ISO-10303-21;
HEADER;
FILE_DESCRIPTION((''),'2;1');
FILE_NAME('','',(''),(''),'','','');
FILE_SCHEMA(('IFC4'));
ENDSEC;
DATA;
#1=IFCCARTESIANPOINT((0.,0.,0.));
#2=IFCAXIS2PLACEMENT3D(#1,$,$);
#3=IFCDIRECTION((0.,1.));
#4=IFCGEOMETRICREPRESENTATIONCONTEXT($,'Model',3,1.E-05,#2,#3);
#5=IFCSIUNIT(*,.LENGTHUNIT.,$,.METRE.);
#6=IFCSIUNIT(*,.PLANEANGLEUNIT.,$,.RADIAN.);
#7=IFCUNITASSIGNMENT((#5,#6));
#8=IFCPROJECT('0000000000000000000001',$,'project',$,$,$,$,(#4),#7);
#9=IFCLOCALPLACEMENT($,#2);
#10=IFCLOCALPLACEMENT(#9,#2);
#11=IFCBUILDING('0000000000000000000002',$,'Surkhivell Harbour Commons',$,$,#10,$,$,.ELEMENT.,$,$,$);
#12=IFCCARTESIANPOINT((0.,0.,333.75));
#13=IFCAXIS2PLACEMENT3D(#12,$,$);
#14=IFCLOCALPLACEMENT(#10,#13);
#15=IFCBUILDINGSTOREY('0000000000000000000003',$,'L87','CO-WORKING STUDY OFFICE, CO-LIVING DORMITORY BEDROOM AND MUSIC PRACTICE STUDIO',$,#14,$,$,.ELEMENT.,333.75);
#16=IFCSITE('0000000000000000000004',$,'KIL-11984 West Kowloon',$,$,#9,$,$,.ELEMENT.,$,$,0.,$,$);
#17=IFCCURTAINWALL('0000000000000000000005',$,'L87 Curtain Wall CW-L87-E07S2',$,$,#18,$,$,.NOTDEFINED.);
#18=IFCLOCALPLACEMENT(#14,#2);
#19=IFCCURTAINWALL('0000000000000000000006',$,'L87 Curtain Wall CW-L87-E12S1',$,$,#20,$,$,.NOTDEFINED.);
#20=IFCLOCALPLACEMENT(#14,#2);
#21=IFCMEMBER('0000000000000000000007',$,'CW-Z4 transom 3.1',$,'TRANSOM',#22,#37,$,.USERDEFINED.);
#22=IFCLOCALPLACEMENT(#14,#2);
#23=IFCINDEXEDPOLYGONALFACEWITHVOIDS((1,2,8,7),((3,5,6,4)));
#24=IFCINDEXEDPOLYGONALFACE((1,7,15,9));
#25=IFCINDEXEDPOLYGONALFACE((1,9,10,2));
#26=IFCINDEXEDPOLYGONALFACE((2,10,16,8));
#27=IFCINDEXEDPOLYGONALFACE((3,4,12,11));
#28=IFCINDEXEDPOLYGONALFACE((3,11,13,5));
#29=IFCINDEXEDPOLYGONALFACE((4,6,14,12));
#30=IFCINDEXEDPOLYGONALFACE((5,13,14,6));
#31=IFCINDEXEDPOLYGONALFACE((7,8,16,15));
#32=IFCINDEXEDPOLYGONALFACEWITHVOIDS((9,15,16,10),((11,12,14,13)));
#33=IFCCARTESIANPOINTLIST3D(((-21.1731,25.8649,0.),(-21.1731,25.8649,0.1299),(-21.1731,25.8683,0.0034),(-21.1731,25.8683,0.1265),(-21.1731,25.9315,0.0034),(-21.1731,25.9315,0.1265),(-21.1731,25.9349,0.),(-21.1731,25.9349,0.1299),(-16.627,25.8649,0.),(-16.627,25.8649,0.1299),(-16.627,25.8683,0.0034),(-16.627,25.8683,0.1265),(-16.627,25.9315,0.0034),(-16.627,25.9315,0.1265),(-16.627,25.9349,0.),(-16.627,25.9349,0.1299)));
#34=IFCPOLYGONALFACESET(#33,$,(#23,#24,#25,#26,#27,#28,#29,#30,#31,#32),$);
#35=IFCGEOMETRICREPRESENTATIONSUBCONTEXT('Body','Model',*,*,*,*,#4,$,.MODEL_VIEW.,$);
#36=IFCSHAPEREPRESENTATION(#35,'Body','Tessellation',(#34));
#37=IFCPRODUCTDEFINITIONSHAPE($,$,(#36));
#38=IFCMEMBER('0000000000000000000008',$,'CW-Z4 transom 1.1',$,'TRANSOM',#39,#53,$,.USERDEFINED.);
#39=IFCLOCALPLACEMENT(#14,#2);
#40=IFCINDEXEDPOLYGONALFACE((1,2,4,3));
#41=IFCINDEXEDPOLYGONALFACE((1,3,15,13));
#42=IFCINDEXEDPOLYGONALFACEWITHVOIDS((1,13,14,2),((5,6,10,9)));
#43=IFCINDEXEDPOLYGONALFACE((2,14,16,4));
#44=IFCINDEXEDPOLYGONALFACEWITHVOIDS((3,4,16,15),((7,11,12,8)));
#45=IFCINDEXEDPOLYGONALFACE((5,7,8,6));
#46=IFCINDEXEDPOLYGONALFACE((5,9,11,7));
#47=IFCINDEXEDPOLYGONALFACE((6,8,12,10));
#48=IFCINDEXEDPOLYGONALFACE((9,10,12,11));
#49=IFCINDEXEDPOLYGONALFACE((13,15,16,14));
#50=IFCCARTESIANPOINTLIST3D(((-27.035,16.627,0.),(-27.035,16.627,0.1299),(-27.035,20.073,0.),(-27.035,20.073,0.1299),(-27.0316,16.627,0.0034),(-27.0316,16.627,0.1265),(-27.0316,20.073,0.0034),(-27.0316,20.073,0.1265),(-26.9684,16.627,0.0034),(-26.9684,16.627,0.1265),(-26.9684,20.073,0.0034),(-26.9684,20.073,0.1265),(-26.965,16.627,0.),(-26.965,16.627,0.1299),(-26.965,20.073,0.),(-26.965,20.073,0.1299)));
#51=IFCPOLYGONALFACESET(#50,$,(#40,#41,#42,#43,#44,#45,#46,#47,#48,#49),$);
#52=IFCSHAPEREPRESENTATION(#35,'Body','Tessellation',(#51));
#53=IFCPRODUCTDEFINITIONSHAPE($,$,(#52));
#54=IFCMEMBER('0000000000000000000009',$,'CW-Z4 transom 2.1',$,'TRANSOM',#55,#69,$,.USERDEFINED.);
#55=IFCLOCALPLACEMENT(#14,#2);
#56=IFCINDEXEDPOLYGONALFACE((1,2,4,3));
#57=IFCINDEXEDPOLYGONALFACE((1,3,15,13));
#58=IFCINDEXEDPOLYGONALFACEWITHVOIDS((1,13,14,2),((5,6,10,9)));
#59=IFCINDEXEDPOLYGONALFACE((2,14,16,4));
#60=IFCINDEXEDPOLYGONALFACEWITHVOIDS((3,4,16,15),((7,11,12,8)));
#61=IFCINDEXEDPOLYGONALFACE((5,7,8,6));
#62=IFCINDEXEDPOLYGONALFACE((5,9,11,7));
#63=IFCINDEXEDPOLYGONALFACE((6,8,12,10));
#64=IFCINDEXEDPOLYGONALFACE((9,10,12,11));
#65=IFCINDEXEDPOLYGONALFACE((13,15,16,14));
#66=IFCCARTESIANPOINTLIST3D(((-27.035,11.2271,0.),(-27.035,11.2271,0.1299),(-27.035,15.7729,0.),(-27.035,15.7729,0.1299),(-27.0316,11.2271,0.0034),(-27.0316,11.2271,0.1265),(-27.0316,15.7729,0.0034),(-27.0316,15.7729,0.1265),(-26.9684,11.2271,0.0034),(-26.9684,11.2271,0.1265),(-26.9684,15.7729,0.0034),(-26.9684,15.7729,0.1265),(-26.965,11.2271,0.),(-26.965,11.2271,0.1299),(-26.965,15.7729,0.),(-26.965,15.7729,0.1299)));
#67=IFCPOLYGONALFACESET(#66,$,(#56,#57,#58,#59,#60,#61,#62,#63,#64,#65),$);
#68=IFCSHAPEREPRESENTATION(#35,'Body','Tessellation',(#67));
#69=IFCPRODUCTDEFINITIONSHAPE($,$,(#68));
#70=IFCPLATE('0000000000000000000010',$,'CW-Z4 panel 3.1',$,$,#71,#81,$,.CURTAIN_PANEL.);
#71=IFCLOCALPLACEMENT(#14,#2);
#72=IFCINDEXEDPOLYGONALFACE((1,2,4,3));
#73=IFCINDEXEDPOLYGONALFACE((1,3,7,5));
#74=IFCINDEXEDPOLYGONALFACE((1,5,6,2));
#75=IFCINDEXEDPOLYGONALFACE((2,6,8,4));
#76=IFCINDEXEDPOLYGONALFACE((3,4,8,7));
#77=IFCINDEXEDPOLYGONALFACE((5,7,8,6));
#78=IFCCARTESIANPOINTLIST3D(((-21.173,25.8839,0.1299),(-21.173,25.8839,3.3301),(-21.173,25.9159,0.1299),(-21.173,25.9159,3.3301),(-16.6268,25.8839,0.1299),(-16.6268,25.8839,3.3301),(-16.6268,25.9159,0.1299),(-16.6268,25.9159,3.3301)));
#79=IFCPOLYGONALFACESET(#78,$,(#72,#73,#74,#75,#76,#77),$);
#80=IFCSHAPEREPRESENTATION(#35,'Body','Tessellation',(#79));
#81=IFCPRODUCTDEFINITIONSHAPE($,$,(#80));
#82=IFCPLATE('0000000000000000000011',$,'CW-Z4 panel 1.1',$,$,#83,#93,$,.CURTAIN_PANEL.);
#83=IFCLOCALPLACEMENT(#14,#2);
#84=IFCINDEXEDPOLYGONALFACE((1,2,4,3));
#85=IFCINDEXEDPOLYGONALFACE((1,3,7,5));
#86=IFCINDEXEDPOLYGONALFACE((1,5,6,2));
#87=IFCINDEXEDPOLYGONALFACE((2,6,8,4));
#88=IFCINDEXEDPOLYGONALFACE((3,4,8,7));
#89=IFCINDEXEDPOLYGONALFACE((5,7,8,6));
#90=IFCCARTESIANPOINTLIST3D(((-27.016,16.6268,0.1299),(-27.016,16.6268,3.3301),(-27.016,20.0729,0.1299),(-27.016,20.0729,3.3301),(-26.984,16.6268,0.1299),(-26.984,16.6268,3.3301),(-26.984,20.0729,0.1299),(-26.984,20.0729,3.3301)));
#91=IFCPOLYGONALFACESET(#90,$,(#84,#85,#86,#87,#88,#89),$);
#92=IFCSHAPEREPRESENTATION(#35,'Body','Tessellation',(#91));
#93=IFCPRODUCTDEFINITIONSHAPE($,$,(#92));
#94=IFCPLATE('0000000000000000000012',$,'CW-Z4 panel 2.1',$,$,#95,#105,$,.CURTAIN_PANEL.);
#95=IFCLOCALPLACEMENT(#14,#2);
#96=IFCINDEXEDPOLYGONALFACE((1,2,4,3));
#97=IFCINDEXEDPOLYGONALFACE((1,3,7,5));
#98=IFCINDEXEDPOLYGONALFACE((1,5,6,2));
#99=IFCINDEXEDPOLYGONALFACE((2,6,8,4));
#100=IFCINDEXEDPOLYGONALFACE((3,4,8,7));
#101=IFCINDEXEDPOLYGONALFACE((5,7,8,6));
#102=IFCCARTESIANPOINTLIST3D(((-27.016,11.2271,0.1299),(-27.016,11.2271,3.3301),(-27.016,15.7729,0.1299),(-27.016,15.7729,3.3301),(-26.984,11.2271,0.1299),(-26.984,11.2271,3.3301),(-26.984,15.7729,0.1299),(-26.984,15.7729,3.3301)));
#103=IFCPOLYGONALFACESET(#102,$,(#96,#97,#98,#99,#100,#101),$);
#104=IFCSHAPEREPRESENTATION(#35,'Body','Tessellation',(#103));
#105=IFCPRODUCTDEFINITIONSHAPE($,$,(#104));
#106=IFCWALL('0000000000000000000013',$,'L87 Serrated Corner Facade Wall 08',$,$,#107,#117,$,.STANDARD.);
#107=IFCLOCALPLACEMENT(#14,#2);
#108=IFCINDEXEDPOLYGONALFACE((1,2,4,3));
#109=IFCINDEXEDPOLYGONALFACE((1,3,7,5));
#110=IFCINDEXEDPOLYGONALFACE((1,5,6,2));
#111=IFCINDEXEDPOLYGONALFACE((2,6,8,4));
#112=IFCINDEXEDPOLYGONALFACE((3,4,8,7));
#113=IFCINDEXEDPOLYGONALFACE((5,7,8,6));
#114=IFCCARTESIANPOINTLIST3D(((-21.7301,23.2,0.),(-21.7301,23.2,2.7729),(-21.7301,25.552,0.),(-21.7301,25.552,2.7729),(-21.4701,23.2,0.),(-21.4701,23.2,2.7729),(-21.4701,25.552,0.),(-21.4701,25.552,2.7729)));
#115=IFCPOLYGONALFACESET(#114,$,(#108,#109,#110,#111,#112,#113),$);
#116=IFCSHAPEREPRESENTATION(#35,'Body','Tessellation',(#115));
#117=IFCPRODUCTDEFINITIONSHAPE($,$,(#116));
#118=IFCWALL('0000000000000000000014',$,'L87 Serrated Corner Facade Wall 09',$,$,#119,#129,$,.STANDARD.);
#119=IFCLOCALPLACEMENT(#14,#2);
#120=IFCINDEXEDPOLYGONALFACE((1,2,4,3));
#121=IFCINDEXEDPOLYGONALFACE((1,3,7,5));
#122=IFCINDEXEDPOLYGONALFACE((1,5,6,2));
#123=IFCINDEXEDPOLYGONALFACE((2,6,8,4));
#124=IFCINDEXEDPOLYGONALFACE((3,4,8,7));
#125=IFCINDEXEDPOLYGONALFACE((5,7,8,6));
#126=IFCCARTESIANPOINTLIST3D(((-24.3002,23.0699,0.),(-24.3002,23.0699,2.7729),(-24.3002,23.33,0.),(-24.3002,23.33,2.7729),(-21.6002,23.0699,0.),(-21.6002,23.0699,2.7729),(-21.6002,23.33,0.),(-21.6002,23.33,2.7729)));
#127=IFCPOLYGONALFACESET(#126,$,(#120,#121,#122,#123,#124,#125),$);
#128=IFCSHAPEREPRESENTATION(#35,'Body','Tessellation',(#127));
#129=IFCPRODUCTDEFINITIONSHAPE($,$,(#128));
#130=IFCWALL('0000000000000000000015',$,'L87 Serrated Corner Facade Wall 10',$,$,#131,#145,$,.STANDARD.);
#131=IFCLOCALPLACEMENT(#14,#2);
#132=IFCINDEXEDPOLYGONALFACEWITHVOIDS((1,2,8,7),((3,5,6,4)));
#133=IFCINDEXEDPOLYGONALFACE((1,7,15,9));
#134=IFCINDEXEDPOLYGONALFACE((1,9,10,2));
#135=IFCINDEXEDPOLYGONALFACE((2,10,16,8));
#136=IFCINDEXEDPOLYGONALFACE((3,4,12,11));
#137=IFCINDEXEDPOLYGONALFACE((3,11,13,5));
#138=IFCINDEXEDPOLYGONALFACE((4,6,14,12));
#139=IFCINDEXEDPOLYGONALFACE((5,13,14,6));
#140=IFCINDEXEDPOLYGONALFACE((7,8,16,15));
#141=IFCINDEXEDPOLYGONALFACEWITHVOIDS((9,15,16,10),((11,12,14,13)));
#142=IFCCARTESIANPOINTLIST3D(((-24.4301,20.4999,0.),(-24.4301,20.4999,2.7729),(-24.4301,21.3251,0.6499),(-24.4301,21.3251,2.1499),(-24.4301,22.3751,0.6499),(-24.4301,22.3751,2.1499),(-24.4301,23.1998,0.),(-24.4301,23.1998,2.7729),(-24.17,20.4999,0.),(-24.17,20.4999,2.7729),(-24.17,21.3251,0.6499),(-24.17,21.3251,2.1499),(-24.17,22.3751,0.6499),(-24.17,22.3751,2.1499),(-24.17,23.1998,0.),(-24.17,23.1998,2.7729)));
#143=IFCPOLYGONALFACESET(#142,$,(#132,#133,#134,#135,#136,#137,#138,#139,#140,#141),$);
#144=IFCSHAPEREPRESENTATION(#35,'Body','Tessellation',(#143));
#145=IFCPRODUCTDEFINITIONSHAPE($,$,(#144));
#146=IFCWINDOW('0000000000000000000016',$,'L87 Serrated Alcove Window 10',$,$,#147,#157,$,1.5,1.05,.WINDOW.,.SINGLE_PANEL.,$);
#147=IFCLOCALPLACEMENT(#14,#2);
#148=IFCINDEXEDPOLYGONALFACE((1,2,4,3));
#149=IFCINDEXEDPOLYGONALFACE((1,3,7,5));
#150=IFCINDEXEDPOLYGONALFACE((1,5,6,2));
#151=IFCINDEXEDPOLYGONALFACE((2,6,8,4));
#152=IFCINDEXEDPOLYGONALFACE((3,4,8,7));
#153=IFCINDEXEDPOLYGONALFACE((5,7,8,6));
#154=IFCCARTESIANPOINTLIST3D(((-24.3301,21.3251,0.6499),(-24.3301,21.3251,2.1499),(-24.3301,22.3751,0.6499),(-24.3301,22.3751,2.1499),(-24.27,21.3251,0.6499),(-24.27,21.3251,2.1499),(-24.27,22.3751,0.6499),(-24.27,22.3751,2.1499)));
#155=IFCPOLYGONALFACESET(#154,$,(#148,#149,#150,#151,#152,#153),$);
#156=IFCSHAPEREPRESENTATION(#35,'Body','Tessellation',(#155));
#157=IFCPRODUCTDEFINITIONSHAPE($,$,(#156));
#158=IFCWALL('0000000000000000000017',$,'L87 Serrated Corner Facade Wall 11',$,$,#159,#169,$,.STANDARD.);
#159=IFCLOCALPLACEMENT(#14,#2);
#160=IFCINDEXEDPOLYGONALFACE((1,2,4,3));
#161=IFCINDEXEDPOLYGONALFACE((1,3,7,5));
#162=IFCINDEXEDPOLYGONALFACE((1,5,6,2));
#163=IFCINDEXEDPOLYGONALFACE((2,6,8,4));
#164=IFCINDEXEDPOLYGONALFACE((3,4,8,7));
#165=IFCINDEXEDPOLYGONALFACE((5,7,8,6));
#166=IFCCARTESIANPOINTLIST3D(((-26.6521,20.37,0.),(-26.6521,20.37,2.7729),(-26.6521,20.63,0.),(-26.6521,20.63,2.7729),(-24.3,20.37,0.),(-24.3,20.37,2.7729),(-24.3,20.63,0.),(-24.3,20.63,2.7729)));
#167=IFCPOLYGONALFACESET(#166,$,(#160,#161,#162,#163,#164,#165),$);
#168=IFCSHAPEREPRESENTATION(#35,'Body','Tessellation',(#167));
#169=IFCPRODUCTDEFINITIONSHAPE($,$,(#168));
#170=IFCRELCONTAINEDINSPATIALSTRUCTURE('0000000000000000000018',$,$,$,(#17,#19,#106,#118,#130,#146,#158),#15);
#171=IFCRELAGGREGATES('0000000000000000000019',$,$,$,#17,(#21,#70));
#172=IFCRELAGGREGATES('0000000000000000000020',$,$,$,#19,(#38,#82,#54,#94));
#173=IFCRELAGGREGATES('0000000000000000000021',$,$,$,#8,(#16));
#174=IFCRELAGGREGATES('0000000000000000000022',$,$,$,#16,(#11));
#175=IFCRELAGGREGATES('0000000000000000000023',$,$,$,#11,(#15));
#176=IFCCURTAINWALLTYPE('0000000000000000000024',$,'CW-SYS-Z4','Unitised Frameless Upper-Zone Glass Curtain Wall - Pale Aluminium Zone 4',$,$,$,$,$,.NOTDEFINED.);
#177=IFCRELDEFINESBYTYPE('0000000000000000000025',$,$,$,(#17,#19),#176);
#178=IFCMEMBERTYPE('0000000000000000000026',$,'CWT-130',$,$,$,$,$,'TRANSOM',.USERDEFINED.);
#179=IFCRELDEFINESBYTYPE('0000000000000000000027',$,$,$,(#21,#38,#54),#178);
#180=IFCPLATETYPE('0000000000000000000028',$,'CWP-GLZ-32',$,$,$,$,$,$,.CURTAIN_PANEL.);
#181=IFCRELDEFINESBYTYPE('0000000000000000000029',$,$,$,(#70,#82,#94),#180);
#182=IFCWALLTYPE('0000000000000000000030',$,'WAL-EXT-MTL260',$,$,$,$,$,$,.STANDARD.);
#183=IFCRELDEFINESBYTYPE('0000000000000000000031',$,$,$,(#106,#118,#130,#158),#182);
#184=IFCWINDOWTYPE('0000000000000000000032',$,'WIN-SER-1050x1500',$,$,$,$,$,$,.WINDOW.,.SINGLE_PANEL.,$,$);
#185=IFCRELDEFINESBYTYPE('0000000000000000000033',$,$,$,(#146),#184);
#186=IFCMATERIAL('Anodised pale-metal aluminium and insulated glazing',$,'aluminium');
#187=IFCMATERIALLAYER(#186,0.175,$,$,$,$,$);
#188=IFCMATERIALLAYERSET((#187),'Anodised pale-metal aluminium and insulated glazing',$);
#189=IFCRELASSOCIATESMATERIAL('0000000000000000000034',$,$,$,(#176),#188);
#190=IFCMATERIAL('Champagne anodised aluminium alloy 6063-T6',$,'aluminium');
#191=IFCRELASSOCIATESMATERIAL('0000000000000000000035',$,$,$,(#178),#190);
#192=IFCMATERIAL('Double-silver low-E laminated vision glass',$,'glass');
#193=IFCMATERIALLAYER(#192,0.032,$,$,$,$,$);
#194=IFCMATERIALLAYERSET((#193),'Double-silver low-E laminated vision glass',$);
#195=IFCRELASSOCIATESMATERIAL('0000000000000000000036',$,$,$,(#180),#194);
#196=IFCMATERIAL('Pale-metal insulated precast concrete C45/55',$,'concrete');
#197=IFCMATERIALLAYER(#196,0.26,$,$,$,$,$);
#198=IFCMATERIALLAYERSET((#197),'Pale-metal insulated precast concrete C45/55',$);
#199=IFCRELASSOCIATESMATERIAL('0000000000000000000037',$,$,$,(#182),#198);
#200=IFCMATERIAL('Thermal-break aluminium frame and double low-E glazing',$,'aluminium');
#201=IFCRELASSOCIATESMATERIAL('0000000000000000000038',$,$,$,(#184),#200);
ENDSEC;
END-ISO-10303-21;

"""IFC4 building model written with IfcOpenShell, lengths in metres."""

from ifc_helpers import new_model, si_unit, direction, frame, frame_2d, origin, origin_2d, place, context, subcontext, project, spatial, rectangle, hollow_rectangle, extrude, material, layer, layer_set, material_profile, profile_set, type_object, element, fill, aggregate, save


model = new_model("IFC4")

# Units and contexts
model_context = context("Model", 3, precision=1e-05, world=origin(), true_north=direction((0.0, 1.0)))
body_context = subcontext(model_context, "Body", "Model", "MODEL_VIEW")
ifc_project = project(units=[si_unit("LENGTHUNIT", "METRE"), si_unit("PLANEANGLEUNIT", "RADIAN")], contexts=[model_context])

# Site, building, storey
site_placement = place(None, origin())
site = spatial("IfcSite", under=ifc_project, at=site_placement, Name="KIL-11984 West Kowloon", CompositionType="ELEMENT", RefElevation=0.0)
building_placement = place(site_placement, origin())
building = spatial("IfcBuilding", under=site, at=building_placement, Name="Surkhivell Harbour Commons", CompositionType="ELEMENT")
storey_placement = place(building_placement, frame((0.0, 0.0, 333.75)))
storey = spatial("IfcBuildingStorey", under=building, at=storey_placement, Name="L87", Description="CO-WORKING STUDY OFFICE, CO-LIVING DORMITORY BEDROOM AND MUSIC PRACTICE STUDIO", CompositionType="ELEMENT", Elevation=333.75)

# Curtain wall
ifc_material_1 = material(Name="Anodised pale-metal aluminium and insulated glazing", Category="aluminium")
ifc_layer_1 = layer(ifc_material_1, 0.175)
ifc_layer_set_1 = layer_set([ifc_layer_1], Name="Anodised pale-metal aluminium and insulated glazing")
curtain_wall_type = type_object("IfcCurtainWallType", Name="CW-SYS-Z4", Description="Unitised Frameless Upper-Zone Glass Curtain Wall - Pale Aluminium Zone 4", PredefinedType="NOTDEFINED", material=ifc_layer_set_1)
curtain_wall_1_placement = place(storey_placement, origin())
curtain_wall_1 = element("IfcCurtainWall", 1, at=curtain_wall_1_placement, inside=storey, type_object=curtain_wall_type, Name="L87 Curtain Wall CW-L87-E07S2", PredefinedType="NOTDEFINED")

# Curtain wall
curtain_wall_2_placement = place(storey_placement, origin())
curtain_wall_2 = element("IfcCurtainWall", 2, at=curtain_wall_2_placement, inside=storey, type_object=curtain_wall_type, Name="L87 Curtain Wall CW-L87-E12S1", PredefinedType="NOTDEFINED")

# Members
ifc_material_2 = material(Name="Champagne anodised aluminium alloy 6063-T6", Category="aluminium")
ifc_material_profile_1 = material_profile(ifc_material_2, hollow_rectangle(XDim=0.0701, YDim=0.1299, WallThickness=0.0034, at=origin_2d()), Name="ALU-TRAN-70x130")
ifc_profile_set_1 = profile_set([ifc_material_profile_1], Name="Champagne anodised aluminium alloy 6063-T6")
member_type_1 = type_object("IfcMemberType", Name="CWT-130", ElementType="TRANSOM", PredefinedType="USERDEFINED", material=ifc_profile_set_1)
member_1_placement = place(storey_placement, frame((-16.627, 25.8999, 0.0649), z_axis=(-1.0, 0.0, 0.0), x_axis=(0.0, -1.0, 0.0)))
member_1 = element("IfcMember", 3, at=member_1_placement, type_object=member_type_1, Name="CW-Z4 transom 3.1", ObjectType="TRANSOM", PredefinedType="USERDEFINED", context=body_context, shape_type="SweptSolid", body=[
    extrude(hollow_rectangle(XDim=0.0701, YDim=0.1299, WallThickness=0.0034, at=origin_2d()), origin(), (0.0, 0.0, 1.0), 4.5461),
])
member_2_placement = place(storey_placement, frame((-27.0, 20.073, 0.0649), z_axis=(0.0, -1.0, 0.0), x_axis=(1.0, 0.0, 0.0)))
member_2 = element("IfcMember", 4, at=member_2_placement, type_object=member_type_1, Name="CW-Z4 transom 1.1", ObjectType="TRANSOM", PredefinedType="USERDEFINED", context=body_context, shape_type="SweptSolid", body=[
    extrude(hollow_rectangle(XDim=0.0701, YDim=0.1299, WallThickness=0.0034, at=origin_2d()), origin(), (0.0, 0.0, 1.0), 3.446),
])
member_3_placement = place(storey_placement, frame((-27.0, 15.7729, 0.0649), z_axis=(0.0, -1.0, 0.0), x_axis=(1.0, 0.0, 0.0)))
member_3 = element("IfcMember", 5, at=member_3_placement, type_object=member_type_1, Name="CW-Z4 transom 2.1", ObjectType="TRANSOM", PredefinedType="USERDEFINED", context=body_context, shape_type="SweptSolid", body=[
    extrude(hollow_rectangle(XDim=0.0701, YDim=0.1299, WallThickness=0.0034, at=origin_2d()), origin(), (0.0, 0.0, 1.0), 4.5459),
])

# Plates
ifc_material_3 = material(Name="Double-silver low-E laminated vision glass", Category="glass")
ifc_layer_2 = layer(ifc_material_3, 0.032)
ifc_layer_set_2 = layer_set([ifc_layer_2], Name="Double-silver low-E laminated vision glass")
plate_type = type_object("IfcPlateType", Name="CWP-GLZ-32", PredefinedType="CURTAIN_PANEL", material=ifc_layer_set_2)
plate_1_placement = place(storey_placement, frame((-16.627, 25.8999, 0.1299), z_axis=(0.0, 0.0, 1.0), x_axis=(-1.0, 0.0, 0.0)))
plate_1 = element("IfcPlate", 6, at=plate_1_placement, type_object=plate_type, Name="CW-Z4 panel 3.1", PredefinedType="CURTAIN_PANEL", context=body_context, shape_type="SweptSolid", body=[
    extrude(rectangle(XDim=4.5461, YDim=0.032, at=frame_2d((2.2729, 0.0))), origin(), (0.0, 0.0, 1.0), 3.2002),
])
aggregate(curtain_wall_1, [member_1, plate_1])
plate_2_placement = place(storey_placement, frame((-27.0, 20.073, 0.1299), z_axis=(0.0, 0.0, 1.0), x_axis=(0.0, -1.0, 0.0)))
plate_2 = element("IfcPlate", 7, at=plate_2_placement, type_object=plate_type, Name="CW-Z4 panel 1.1", PredefinedType="CURTAIN_PANEL", context=body_context, shape_type="SweptSolid", body=[
    extrude(rectangle(XDim=3.446, YDim=0.032, at=frame_2d((1.7231, 0.0))), origin(), (0.0, 0.0, 1.0), 3.2002),
])
plate_3_placement = place(storey_placement, frame((-27.0, 15.7729, 0.1299), z_axis=(0.0, 0.0, 1.0), x_axis=(0.0, -1.0, 0.0)))
plate_3 = element("IfcPlate", 8, at=plate_3_placement, type_object=plate_type, Name="CW-Z4 panel 2.1", PredefinedType="CURTAIN_PANEL", context=body_context, shape_type="SweptSolid", body=[
    extrude(rectangle(XDim=4.5459, YDim=0.032, at=frame_2d((2.2729, 0.0))), origin(), (0.0, 0.0, 1.0), 3.2002),
])
aggregate(curtain_wall_2, [member_2, plate_2, member_3, plate_3])

# Walls
ifc_material_4 = material(Name="Pale-metal insulated precast concrete C45/55", Category="concrete")
ifc_layer_3 = layer(ifc_material_4, 0.26)
ifc_layer_set_3 = layer_set([ifc_layer_3], Name="Pale-metal insulated precast concrete C45/55")
wall_type = type_object("IfcWallType", Name="WAL-EXT-MTL260", PredefinedType="STANDARD", material=ifc_layer_set_3)
wall_1_placement = place(storey_placement, frame((-21.6001, 25.552, 0.0), z_axis=(0.0, 0.0, 1.0), x_axis=(0.0, -1.0, 0.0)))
element("IfcWall", 9, at=wall_1_placement, inside=storey, type_object=wall_type, Name="L87 Serrated Corner Facade Wall 08", PredefinedType="STANDARD", context=body_context, shape_type="SweptSolid", body=[
    extrude(rectangle(XDim=2.3521, YDim=0.26, at=frame_2d((1.176, 0.0))), origin(), (0.0, 0.0, 1.0), 2.7729),
])
wall_2_placement = place(storey_placement, frame((-21.6001, 23.2, 0.0), z_axis=(0.0, 0.0, 1.0), x_axis=(-1.0, 0.0, 0.0)))
element("IfcWall", 10, at=wall_2_placement, inside=storey, type_object=wall_type, Name="L87 Serrated Corner Facade Wall 09", PredefinedType="STANDARD", context=body_context, shape_type="SweptSolid", body=[
    extrude(rectangle(XDim=2.7, YDim=0.26, at=frame_2d((1.3501, 0.0))), origin(), (0.0, 0.0, 1.0), 2.7729),
])

# Wall, opening, window
wall_3_placement = place(storey_placement, frame((-24.3, 23.2, 0.0), z_axis=(0.0, 0.0, 1.0), x_axis=(0.0, -1.0, 0.0)))
wall_3 = element("IfcWall", 11, at=wall_3_placement, inside=storey, type_object=wall_type, Name="L87 Serrated Corner Facade Wall 10", PredefinedType="STANDARD", context=body_context, shape_type="SweptSolid", body=[
    extrude(rectangle(XDim=2.7, YDim=0.26, at=frame_2d((1.3501, 0.0))), origin(), (0.0, 0.0, 1.0), 2.7729),
])
opening_placement = place(wall_3_placement, frame((0.825, 0.0, 0.6499)))
opening = element("IfcOpeningElement", 12, at=opening_placement, cuts=wall_3, PredefinedType="OPENING", context=body_context, shape_type="SweptSolid", body=[
    extrude(rectangle(XDim=1.05, YDim=1.5, at=frame_2d((0.5249, 0.75))), frame((0.0, 0.1399, 0.0), z_axis=(0.0, -1.0, 0.0), x_axis=(1.0, 0.0, 0.0)), (0.0, 0.0, 1.0), 0.28),
])
ifc_material_5 = material(Name="Thermal-break aluminium frame and double low-E glazing", Category="aluminium")
window_type = type_object("IfcWindowType", Name="WIN-SER-1050x1500", PartitioningType="SINGLE_PANEL", PredefinedType="WINDOW", material=ifc_material_5)
window_placement = place(opening_placement, origin())
window = element("IfcWindow", 13, at=window_placement, inside=storey, type_object=window_type, Name="L87 Serrated Alcove Window 10", OverallHeight=1.5, OverallWidth=1.05, PartitioningType="SINGLE_PANEL", PredefinedType="WINDOW", context=body_context, shape_type="SweptSolid", body=[
    extrude(rectangle(XDim=1.05, YDim=1.5, at=frame_2d((0.5249, 0.75))), frame((0.0, 0.03, 0.0), z_axis=(0.0, -1.0, 0.0), x_axis=(1.0, 0.0, 0.0)), (0.0, 0.0, 1.0), 0.0601),
])
fill(opening, window)

# Wall
wall_4_placement = place(storey_placement, frame((-24.3, 20.5, 0.0), z_axis=(0.0, 0.0, 1.0), x_axis=(-1.0, 0.0, 0.0)))
element("IfcWall", 14, at=wall_4_placement, inside=storey, type_object=wall_type, Name="L87 Serrated Corner Facade Wall 11", PredefinedType="STANDARD", context=body_context, shape_type="SweptSolid", body=[
    extrude(rectangle(XDim=2.3521, YDim=0.26, at=frame_2d((1.176, 0.0))), origin(), (0.0, 0.0, 1.0), 2.7729),
])

save(model, "model.ifc")
